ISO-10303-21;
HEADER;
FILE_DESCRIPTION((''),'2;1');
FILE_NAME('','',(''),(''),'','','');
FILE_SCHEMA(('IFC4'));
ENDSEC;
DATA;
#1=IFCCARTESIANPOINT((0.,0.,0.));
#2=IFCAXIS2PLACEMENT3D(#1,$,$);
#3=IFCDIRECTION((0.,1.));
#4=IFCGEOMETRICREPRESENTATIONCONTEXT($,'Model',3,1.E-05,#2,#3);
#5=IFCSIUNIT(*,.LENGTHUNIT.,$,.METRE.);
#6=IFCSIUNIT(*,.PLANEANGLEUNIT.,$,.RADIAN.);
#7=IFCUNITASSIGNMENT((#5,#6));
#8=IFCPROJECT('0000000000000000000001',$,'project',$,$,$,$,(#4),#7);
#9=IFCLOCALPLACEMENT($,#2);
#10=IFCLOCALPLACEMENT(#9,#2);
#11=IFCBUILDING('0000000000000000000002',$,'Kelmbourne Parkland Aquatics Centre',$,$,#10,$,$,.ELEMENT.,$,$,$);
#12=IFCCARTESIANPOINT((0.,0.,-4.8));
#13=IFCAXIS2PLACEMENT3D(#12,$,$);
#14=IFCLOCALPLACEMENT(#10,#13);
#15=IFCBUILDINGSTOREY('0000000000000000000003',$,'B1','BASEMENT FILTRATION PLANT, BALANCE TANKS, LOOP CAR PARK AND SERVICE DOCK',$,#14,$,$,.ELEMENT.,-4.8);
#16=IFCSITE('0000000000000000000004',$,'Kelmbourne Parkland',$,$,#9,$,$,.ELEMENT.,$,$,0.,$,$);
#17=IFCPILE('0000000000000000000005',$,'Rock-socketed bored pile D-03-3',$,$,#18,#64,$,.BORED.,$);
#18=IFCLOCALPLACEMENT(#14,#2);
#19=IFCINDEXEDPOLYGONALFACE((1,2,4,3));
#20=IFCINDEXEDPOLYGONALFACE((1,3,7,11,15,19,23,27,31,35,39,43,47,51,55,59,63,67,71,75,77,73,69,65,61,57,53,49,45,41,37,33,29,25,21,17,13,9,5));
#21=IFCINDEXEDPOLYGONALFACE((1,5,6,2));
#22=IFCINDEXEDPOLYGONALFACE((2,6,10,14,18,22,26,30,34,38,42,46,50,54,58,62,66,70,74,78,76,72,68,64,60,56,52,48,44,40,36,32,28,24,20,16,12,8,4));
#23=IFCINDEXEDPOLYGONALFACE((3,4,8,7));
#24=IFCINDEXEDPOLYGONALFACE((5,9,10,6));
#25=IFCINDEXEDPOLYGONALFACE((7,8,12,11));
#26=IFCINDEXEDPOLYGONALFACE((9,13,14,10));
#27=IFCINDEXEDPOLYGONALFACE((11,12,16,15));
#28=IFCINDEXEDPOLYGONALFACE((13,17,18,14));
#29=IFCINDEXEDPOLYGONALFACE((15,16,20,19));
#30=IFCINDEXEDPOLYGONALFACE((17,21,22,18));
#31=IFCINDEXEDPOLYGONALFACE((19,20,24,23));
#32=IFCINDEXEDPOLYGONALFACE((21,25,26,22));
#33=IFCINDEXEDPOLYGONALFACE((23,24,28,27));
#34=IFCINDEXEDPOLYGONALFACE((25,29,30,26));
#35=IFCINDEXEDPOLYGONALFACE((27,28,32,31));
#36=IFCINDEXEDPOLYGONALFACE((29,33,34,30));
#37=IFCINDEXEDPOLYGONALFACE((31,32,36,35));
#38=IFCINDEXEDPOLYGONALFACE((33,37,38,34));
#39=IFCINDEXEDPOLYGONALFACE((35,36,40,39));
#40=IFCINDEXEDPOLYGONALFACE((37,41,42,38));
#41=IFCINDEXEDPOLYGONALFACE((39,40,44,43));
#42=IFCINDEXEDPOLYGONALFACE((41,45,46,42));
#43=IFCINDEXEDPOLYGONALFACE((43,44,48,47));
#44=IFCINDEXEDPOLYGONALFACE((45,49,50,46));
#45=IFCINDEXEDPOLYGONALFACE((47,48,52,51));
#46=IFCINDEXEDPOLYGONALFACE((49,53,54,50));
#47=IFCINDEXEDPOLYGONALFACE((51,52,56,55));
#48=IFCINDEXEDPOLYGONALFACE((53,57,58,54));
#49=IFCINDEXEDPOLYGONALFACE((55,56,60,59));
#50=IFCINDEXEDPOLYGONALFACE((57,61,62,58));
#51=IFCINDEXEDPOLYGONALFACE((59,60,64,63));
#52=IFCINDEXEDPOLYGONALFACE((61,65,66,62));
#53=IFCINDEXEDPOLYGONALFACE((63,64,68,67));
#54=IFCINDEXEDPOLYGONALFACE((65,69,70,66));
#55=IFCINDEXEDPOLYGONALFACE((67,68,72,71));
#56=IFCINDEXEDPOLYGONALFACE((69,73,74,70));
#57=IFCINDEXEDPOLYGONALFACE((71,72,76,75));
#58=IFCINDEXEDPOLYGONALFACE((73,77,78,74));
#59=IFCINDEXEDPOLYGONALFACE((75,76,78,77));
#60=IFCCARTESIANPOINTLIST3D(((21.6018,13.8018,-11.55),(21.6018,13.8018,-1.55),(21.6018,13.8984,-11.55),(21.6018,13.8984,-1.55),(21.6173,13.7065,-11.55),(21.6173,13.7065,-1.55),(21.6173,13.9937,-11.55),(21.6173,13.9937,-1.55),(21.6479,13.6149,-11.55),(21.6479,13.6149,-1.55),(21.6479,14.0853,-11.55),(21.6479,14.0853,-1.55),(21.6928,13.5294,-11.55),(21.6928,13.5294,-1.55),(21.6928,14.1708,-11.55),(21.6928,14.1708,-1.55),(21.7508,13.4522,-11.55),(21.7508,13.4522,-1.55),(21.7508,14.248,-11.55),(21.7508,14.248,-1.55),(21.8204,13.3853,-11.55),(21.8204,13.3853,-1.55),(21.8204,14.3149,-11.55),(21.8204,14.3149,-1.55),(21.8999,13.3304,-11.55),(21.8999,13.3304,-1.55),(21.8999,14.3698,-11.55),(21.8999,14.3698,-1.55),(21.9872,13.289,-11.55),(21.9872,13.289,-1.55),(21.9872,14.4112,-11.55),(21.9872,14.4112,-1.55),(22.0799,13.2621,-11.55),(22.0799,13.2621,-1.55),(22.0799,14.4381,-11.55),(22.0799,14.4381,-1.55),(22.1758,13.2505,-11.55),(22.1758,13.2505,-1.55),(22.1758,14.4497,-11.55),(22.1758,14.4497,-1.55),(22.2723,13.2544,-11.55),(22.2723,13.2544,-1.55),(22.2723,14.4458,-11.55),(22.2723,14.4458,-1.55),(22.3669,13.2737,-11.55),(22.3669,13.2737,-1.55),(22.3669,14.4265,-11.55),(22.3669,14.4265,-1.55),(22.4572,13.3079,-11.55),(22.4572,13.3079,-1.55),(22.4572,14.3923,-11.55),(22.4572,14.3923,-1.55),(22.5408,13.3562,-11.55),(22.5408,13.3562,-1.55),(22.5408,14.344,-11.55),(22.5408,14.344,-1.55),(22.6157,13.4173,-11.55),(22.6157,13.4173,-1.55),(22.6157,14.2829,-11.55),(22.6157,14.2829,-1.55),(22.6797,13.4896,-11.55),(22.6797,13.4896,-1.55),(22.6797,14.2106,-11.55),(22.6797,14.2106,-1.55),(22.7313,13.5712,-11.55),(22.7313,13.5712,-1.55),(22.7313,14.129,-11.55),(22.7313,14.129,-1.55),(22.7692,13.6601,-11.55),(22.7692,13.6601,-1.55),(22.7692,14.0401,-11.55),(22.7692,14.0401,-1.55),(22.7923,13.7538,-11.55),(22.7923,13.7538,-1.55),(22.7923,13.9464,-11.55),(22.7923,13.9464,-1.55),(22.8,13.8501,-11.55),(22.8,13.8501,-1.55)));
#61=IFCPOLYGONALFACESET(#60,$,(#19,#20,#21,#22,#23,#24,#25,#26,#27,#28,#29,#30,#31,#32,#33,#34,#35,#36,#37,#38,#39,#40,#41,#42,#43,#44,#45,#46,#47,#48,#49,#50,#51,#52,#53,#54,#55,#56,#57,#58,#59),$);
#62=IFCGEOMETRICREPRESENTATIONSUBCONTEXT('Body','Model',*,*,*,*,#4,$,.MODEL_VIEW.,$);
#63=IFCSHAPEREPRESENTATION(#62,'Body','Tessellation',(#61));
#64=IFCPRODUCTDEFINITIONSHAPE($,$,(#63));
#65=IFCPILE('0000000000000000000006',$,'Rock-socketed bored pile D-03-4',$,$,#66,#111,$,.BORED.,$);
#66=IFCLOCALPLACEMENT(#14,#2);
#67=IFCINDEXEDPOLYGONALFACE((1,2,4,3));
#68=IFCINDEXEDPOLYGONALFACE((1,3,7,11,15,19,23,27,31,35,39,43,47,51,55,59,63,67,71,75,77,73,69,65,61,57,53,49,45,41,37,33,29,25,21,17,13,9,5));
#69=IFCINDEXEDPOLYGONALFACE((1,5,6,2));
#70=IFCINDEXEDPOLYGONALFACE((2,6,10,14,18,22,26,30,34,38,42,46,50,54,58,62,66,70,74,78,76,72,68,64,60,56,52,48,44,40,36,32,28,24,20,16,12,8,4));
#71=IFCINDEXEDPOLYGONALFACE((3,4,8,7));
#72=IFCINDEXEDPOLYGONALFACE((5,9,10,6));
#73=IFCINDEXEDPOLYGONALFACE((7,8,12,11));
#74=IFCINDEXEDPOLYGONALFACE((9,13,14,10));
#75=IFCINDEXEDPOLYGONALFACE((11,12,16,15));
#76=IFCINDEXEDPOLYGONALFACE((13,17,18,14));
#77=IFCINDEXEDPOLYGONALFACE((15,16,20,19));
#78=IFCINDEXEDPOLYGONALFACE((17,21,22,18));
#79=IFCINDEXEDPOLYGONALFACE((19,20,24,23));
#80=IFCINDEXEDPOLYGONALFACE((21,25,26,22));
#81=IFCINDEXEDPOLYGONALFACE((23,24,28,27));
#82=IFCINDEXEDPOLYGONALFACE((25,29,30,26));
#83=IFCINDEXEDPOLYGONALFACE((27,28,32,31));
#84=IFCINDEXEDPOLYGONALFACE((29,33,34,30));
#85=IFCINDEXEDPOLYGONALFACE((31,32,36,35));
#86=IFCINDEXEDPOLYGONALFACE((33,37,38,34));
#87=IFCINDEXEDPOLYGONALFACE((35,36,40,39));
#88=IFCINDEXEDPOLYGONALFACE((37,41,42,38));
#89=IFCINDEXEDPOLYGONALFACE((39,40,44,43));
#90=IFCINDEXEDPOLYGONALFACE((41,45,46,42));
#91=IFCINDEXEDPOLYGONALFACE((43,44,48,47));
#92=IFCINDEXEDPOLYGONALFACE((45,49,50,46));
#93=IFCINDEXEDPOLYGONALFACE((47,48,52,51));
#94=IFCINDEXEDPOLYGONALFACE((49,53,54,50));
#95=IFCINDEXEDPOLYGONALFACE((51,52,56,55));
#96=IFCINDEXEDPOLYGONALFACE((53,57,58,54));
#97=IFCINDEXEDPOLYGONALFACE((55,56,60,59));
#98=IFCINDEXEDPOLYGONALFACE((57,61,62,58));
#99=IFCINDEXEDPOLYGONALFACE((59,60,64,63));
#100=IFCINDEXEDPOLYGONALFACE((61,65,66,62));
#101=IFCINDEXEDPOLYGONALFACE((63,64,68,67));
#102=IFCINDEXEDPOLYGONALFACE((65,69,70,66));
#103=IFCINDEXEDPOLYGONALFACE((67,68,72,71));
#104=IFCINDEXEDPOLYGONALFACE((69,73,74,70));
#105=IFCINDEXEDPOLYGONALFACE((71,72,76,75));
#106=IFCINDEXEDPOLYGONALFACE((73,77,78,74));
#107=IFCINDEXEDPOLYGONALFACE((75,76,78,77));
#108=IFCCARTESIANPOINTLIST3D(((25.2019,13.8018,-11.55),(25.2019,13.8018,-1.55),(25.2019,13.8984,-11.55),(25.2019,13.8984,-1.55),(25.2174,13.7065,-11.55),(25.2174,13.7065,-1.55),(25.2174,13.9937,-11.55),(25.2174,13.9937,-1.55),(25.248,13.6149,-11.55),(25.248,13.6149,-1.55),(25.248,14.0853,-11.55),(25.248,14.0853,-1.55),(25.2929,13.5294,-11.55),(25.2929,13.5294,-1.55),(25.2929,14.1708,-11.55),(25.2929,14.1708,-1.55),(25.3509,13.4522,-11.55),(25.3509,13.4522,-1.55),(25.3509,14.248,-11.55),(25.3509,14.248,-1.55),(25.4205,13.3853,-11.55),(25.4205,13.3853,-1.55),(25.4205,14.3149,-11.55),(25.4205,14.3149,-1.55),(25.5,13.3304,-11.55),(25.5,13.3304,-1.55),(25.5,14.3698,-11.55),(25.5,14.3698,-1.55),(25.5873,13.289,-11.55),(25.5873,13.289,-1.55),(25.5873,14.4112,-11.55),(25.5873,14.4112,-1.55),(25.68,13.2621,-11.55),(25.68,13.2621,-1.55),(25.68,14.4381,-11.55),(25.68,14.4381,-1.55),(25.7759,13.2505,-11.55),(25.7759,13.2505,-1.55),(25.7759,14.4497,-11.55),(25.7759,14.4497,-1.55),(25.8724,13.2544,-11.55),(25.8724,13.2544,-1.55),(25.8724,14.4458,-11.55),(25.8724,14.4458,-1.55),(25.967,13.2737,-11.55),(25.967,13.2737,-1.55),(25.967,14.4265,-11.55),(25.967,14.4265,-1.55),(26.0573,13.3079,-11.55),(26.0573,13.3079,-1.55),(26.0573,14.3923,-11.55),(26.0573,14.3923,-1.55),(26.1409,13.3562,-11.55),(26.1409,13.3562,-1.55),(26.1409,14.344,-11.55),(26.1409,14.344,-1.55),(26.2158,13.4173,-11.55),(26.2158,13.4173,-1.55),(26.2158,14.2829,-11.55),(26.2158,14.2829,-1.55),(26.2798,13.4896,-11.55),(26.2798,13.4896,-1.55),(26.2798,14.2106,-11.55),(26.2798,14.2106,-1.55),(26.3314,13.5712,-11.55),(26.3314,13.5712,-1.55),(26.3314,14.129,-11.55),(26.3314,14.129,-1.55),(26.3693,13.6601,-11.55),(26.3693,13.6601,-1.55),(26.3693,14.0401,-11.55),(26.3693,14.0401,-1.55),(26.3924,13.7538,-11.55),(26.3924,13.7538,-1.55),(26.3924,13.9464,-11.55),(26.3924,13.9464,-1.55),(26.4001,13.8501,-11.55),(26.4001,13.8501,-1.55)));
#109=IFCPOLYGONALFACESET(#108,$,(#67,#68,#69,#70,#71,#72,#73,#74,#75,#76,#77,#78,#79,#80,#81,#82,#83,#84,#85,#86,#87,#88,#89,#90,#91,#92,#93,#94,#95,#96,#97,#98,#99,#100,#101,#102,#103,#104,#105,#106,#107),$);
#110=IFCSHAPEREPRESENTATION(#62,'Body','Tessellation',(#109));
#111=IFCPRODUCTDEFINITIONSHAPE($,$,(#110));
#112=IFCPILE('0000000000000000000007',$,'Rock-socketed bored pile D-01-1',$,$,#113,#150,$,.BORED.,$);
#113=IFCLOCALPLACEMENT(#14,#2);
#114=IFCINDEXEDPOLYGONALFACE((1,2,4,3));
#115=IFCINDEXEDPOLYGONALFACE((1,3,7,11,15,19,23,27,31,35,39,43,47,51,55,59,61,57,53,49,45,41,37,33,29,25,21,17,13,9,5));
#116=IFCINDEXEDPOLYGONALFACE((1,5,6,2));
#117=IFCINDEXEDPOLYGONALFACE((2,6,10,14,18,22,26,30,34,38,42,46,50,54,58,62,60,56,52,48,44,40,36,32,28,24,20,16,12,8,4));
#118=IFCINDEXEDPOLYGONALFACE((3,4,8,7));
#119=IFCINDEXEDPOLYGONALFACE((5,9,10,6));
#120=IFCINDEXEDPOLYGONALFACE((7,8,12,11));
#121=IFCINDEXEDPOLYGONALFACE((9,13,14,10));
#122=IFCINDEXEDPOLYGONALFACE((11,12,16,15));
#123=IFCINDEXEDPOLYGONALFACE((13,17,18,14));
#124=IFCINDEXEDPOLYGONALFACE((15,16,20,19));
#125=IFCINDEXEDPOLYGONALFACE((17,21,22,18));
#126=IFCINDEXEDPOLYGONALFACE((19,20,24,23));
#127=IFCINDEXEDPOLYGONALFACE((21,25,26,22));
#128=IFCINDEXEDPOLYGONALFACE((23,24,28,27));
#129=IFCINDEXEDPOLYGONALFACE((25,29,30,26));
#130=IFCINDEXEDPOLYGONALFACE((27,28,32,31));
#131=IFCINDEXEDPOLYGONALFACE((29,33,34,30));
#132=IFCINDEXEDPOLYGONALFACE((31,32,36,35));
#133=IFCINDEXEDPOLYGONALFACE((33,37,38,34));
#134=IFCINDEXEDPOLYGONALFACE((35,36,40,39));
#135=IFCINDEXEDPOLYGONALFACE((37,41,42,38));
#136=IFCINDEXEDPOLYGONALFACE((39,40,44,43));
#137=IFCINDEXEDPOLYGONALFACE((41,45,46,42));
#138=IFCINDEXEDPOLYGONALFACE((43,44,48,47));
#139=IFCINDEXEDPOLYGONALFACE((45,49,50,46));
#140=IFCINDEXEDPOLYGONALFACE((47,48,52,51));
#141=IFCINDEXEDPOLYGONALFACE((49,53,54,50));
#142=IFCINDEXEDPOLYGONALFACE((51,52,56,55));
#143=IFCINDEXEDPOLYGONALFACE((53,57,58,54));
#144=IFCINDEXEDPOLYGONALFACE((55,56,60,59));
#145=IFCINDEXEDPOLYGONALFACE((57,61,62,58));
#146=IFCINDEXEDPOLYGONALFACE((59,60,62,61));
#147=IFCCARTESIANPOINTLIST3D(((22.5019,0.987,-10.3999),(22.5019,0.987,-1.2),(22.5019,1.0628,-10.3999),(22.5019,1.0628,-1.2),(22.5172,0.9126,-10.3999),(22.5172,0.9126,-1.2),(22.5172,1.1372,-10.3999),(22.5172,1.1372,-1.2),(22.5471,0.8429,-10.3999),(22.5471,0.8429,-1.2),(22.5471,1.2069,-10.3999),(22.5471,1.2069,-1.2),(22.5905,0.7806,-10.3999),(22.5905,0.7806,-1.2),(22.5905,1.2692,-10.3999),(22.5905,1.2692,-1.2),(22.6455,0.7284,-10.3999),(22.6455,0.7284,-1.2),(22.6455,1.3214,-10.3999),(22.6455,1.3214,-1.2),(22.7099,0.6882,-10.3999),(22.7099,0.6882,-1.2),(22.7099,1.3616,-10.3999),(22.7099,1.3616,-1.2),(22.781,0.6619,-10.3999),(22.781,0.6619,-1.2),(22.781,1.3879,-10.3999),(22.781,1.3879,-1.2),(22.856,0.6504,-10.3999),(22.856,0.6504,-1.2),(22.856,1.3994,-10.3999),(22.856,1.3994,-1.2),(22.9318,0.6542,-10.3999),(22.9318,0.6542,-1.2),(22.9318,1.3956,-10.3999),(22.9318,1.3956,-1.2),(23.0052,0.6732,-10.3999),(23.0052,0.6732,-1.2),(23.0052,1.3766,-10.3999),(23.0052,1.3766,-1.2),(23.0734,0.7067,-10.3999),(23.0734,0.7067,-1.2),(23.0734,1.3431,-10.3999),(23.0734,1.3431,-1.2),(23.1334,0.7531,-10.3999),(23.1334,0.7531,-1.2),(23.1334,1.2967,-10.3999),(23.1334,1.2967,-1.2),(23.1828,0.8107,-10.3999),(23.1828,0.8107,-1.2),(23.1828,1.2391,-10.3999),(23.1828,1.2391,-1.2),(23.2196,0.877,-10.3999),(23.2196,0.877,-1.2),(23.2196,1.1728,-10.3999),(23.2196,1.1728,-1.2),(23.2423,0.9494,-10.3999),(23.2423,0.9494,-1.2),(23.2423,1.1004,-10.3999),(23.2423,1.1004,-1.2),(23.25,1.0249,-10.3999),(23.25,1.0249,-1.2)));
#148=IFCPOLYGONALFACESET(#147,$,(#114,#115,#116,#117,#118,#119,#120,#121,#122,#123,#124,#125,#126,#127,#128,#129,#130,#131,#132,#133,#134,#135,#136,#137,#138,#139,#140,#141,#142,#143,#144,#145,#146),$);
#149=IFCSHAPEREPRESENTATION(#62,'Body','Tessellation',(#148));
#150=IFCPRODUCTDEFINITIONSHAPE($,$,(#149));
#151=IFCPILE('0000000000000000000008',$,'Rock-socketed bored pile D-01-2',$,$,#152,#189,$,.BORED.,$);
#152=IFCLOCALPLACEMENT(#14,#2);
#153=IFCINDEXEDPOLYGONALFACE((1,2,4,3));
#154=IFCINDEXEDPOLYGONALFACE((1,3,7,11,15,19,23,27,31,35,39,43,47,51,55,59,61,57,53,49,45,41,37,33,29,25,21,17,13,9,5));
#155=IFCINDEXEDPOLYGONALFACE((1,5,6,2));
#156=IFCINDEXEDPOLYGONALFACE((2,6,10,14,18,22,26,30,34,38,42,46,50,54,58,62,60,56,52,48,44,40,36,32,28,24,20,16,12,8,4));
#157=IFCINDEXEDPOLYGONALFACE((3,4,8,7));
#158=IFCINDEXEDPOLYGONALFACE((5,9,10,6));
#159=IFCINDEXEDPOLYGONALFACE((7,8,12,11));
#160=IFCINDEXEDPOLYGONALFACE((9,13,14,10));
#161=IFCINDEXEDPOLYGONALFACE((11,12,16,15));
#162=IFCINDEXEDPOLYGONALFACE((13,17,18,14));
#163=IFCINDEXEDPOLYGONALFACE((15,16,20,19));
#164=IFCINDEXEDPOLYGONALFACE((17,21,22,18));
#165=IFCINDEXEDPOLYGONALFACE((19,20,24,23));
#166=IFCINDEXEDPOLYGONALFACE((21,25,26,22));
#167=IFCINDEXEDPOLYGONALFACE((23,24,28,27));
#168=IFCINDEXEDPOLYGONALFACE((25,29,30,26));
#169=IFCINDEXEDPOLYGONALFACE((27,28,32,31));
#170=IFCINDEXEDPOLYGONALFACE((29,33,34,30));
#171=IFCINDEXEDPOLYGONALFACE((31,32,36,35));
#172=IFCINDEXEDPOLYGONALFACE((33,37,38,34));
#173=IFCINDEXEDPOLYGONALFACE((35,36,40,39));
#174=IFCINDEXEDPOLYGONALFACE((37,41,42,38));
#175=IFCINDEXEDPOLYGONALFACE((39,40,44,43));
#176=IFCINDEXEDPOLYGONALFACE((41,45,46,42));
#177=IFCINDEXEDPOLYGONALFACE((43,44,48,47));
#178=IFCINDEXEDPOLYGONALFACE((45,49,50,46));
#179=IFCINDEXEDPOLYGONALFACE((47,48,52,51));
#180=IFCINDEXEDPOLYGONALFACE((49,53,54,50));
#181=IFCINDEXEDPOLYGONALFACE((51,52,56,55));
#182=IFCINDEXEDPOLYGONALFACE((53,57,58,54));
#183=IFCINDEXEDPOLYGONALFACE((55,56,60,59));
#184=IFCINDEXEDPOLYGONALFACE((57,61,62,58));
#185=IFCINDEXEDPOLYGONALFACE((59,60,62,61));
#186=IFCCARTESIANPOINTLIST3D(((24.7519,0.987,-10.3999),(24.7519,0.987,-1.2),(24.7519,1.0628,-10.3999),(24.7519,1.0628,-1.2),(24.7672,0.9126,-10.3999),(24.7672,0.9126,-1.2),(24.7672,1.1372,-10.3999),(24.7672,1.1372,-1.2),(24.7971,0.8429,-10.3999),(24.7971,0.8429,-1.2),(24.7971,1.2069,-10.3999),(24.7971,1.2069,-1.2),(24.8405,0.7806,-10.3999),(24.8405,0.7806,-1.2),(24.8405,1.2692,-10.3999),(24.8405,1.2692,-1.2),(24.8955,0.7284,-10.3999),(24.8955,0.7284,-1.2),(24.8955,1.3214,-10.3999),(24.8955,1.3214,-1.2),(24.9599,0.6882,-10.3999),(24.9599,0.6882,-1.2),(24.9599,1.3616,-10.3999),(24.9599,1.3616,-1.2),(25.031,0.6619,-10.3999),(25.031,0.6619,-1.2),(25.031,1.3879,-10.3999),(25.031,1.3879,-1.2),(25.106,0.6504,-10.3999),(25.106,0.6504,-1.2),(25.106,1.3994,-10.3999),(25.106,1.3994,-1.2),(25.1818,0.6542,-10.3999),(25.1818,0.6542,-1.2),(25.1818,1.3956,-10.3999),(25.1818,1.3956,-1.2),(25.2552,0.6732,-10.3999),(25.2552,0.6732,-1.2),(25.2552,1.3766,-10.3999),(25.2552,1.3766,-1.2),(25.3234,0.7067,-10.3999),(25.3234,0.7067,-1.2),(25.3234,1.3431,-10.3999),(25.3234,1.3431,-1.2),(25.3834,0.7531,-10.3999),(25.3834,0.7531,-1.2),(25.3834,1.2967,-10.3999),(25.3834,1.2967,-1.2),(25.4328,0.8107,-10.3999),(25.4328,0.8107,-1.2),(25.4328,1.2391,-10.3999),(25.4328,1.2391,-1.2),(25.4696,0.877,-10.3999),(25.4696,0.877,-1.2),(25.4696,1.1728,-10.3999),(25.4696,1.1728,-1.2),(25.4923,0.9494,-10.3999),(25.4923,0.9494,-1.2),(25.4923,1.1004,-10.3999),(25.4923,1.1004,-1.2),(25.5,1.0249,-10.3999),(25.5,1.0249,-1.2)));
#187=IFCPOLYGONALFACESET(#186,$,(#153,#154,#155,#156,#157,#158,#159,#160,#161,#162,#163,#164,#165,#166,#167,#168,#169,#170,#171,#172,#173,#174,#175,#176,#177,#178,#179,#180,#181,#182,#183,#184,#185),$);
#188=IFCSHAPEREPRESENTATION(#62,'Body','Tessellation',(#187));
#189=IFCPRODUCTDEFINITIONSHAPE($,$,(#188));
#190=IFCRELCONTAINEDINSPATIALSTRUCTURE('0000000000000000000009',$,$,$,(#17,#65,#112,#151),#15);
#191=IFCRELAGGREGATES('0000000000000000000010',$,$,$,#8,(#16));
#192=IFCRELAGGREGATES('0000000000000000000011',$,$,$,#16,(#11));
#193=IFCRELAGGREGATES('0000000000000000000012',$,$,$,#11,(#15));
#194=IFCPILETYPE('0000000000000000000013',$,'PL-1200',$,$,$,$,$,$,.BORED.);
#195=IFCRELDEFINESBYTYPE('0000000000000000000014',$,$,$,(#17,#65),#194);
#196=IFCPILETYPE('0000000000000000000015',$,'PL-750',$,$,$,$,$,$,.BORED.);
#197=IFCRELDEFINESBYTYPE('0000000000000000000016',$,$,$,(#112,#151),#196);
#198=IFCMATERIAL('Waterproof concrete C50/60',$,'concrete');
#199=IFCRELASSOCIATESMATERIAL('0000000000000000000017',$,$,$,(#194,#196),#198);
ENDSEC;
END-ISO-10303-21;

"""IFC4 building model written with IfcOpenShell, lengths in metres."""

from ifc_helpers import new_model, si_unit, direction, frame, origin, origin_2d, place, context, subcontext, project, spatial, circle, extrude, material, material_profile, profile_set, type_object, element, save


model = new_model("IFC4")

# Units and contexts
model_context = context("Model", 3, precision=1e-05, world=origin(), true_north=direction((0.0, 1.0)))
body_context = subcontext(model_context, "Body", "Model", "MODEL_VIEW")
ifc_project = project(units=[si_unit("LENGTHUNIT", "METRE"), si_unit("PLANEANGLEUNIT", "RADIAN")], contexts=[model_context])

# Site, building, storey
site_placement = place(None, origin())
site = spatial("IfcSite", under=ifc_project, at=site_placement, Name="Kelmbourne Parkland", CompositionType="ELEMENT", RefElevation=0.0)
building_placement = place(site_placement, origin())
building = spatial("IfcBuilding", under=site, at=building_placement, Name="Kelmbourne Parkland Aquatics Centre", CompositionType="ELEMENT")
storey_placement = place(building_placement, frame((0.0, 0.0, -4.8)))
storey = spatial("IfcBuildingStorey", under=building, at=storey_placement, Name="B1", Description="BASEMENT FILTRATION PLANT, BALANCE TANKS, LOOP CAR PARK AND SERVICE DOCK", CompositionType="ELEMENT", Elevation=-4.8)

# Shared definitions
ifc_material_1 = material(Name="Waterproof concrete C50/60", Category="concrete")

# Piles
ifc_material_profile_1 = material_profile(ifc_material_1, circle(Radius=0.6001, at=origin_2d()), Name="PILE D1200")
ifc_profile_set_1 = profile_set([ifc_material_profile_1], Name="Waterproof concrete C50/60")
pile_type_1 = type_object("IfcPileType", Name="PL-1200", PredefinedType="BORED", material=ifc_profile_set_1)
for number, where, z_axis, x_axis, name in (
    (1, (22.2, 13.8501, -1.55), (0.0, 0.0, -1.0), (1.0, 0.0, 0.0), "Rock-socketed bored pile D-03-3"),
    (2, (25.8, 13.8501, -1.55), (0.0, 0.0, -1.0), (1.0, 0.0, 0.0), "Rock-socketed bored pile D-03-4"),
):
    element("IfcPile", number, at=place(storey_placement, frame(where, z_axis=z_axis, x_axis=x_axis)), inside=storey, type_object=pile_type_1, Name=name, PredefinedType="BORED", context=body_context, shape_type="SweptSolid", body=[
        extrude(circle(Radius=0.6001, at=origin_2d()), origin(), (0.0, 0.0, 1.0), 10.0),
    ])
ifc_material_profile_2 = material_profile(ifc_material_1, circle(Radius=0.375, at=origin_2d()), Name="PILE D750")
ifc_profile_set_2 = profile_set([ifc_material_profile_2], Name="Waterproof concrete C50/60")
pile_type_2 = type_object("IfcPileType", Name="PL-750", PredefinedType="BORED", material=ifc_profile_set_2)
for number, where, z_axis, x_axis, name in (
    (3, (22.875, 1.0249, -1.2), (0.0, 0.0, -1.0), (1.0, 0.0, 0.0), "Rock-socketed bored pile D-01-1"),
    (4, (25.125, 1.0249, -1.2), (0.0, 0.0, -1.0), (1.0, 0.0, 0.0), "Rock-socketed bored pile D-01-2"),
):
    element("IfcPile", number, at=place(storey_placement, frame(where, z_axis=z_axis, x_axis=x_axis)), inside=storey, type_object=pile_type_2, Name=name, PredefinedType="BORED", context=body_context, shape_type="SweptSolid", body=[
        extrude(circle(Radius=0.375, at=origin_2d()), origin(), (0.0, 0.0, 1.0), 9.2),
    ])

save(model, "model.ifc")
